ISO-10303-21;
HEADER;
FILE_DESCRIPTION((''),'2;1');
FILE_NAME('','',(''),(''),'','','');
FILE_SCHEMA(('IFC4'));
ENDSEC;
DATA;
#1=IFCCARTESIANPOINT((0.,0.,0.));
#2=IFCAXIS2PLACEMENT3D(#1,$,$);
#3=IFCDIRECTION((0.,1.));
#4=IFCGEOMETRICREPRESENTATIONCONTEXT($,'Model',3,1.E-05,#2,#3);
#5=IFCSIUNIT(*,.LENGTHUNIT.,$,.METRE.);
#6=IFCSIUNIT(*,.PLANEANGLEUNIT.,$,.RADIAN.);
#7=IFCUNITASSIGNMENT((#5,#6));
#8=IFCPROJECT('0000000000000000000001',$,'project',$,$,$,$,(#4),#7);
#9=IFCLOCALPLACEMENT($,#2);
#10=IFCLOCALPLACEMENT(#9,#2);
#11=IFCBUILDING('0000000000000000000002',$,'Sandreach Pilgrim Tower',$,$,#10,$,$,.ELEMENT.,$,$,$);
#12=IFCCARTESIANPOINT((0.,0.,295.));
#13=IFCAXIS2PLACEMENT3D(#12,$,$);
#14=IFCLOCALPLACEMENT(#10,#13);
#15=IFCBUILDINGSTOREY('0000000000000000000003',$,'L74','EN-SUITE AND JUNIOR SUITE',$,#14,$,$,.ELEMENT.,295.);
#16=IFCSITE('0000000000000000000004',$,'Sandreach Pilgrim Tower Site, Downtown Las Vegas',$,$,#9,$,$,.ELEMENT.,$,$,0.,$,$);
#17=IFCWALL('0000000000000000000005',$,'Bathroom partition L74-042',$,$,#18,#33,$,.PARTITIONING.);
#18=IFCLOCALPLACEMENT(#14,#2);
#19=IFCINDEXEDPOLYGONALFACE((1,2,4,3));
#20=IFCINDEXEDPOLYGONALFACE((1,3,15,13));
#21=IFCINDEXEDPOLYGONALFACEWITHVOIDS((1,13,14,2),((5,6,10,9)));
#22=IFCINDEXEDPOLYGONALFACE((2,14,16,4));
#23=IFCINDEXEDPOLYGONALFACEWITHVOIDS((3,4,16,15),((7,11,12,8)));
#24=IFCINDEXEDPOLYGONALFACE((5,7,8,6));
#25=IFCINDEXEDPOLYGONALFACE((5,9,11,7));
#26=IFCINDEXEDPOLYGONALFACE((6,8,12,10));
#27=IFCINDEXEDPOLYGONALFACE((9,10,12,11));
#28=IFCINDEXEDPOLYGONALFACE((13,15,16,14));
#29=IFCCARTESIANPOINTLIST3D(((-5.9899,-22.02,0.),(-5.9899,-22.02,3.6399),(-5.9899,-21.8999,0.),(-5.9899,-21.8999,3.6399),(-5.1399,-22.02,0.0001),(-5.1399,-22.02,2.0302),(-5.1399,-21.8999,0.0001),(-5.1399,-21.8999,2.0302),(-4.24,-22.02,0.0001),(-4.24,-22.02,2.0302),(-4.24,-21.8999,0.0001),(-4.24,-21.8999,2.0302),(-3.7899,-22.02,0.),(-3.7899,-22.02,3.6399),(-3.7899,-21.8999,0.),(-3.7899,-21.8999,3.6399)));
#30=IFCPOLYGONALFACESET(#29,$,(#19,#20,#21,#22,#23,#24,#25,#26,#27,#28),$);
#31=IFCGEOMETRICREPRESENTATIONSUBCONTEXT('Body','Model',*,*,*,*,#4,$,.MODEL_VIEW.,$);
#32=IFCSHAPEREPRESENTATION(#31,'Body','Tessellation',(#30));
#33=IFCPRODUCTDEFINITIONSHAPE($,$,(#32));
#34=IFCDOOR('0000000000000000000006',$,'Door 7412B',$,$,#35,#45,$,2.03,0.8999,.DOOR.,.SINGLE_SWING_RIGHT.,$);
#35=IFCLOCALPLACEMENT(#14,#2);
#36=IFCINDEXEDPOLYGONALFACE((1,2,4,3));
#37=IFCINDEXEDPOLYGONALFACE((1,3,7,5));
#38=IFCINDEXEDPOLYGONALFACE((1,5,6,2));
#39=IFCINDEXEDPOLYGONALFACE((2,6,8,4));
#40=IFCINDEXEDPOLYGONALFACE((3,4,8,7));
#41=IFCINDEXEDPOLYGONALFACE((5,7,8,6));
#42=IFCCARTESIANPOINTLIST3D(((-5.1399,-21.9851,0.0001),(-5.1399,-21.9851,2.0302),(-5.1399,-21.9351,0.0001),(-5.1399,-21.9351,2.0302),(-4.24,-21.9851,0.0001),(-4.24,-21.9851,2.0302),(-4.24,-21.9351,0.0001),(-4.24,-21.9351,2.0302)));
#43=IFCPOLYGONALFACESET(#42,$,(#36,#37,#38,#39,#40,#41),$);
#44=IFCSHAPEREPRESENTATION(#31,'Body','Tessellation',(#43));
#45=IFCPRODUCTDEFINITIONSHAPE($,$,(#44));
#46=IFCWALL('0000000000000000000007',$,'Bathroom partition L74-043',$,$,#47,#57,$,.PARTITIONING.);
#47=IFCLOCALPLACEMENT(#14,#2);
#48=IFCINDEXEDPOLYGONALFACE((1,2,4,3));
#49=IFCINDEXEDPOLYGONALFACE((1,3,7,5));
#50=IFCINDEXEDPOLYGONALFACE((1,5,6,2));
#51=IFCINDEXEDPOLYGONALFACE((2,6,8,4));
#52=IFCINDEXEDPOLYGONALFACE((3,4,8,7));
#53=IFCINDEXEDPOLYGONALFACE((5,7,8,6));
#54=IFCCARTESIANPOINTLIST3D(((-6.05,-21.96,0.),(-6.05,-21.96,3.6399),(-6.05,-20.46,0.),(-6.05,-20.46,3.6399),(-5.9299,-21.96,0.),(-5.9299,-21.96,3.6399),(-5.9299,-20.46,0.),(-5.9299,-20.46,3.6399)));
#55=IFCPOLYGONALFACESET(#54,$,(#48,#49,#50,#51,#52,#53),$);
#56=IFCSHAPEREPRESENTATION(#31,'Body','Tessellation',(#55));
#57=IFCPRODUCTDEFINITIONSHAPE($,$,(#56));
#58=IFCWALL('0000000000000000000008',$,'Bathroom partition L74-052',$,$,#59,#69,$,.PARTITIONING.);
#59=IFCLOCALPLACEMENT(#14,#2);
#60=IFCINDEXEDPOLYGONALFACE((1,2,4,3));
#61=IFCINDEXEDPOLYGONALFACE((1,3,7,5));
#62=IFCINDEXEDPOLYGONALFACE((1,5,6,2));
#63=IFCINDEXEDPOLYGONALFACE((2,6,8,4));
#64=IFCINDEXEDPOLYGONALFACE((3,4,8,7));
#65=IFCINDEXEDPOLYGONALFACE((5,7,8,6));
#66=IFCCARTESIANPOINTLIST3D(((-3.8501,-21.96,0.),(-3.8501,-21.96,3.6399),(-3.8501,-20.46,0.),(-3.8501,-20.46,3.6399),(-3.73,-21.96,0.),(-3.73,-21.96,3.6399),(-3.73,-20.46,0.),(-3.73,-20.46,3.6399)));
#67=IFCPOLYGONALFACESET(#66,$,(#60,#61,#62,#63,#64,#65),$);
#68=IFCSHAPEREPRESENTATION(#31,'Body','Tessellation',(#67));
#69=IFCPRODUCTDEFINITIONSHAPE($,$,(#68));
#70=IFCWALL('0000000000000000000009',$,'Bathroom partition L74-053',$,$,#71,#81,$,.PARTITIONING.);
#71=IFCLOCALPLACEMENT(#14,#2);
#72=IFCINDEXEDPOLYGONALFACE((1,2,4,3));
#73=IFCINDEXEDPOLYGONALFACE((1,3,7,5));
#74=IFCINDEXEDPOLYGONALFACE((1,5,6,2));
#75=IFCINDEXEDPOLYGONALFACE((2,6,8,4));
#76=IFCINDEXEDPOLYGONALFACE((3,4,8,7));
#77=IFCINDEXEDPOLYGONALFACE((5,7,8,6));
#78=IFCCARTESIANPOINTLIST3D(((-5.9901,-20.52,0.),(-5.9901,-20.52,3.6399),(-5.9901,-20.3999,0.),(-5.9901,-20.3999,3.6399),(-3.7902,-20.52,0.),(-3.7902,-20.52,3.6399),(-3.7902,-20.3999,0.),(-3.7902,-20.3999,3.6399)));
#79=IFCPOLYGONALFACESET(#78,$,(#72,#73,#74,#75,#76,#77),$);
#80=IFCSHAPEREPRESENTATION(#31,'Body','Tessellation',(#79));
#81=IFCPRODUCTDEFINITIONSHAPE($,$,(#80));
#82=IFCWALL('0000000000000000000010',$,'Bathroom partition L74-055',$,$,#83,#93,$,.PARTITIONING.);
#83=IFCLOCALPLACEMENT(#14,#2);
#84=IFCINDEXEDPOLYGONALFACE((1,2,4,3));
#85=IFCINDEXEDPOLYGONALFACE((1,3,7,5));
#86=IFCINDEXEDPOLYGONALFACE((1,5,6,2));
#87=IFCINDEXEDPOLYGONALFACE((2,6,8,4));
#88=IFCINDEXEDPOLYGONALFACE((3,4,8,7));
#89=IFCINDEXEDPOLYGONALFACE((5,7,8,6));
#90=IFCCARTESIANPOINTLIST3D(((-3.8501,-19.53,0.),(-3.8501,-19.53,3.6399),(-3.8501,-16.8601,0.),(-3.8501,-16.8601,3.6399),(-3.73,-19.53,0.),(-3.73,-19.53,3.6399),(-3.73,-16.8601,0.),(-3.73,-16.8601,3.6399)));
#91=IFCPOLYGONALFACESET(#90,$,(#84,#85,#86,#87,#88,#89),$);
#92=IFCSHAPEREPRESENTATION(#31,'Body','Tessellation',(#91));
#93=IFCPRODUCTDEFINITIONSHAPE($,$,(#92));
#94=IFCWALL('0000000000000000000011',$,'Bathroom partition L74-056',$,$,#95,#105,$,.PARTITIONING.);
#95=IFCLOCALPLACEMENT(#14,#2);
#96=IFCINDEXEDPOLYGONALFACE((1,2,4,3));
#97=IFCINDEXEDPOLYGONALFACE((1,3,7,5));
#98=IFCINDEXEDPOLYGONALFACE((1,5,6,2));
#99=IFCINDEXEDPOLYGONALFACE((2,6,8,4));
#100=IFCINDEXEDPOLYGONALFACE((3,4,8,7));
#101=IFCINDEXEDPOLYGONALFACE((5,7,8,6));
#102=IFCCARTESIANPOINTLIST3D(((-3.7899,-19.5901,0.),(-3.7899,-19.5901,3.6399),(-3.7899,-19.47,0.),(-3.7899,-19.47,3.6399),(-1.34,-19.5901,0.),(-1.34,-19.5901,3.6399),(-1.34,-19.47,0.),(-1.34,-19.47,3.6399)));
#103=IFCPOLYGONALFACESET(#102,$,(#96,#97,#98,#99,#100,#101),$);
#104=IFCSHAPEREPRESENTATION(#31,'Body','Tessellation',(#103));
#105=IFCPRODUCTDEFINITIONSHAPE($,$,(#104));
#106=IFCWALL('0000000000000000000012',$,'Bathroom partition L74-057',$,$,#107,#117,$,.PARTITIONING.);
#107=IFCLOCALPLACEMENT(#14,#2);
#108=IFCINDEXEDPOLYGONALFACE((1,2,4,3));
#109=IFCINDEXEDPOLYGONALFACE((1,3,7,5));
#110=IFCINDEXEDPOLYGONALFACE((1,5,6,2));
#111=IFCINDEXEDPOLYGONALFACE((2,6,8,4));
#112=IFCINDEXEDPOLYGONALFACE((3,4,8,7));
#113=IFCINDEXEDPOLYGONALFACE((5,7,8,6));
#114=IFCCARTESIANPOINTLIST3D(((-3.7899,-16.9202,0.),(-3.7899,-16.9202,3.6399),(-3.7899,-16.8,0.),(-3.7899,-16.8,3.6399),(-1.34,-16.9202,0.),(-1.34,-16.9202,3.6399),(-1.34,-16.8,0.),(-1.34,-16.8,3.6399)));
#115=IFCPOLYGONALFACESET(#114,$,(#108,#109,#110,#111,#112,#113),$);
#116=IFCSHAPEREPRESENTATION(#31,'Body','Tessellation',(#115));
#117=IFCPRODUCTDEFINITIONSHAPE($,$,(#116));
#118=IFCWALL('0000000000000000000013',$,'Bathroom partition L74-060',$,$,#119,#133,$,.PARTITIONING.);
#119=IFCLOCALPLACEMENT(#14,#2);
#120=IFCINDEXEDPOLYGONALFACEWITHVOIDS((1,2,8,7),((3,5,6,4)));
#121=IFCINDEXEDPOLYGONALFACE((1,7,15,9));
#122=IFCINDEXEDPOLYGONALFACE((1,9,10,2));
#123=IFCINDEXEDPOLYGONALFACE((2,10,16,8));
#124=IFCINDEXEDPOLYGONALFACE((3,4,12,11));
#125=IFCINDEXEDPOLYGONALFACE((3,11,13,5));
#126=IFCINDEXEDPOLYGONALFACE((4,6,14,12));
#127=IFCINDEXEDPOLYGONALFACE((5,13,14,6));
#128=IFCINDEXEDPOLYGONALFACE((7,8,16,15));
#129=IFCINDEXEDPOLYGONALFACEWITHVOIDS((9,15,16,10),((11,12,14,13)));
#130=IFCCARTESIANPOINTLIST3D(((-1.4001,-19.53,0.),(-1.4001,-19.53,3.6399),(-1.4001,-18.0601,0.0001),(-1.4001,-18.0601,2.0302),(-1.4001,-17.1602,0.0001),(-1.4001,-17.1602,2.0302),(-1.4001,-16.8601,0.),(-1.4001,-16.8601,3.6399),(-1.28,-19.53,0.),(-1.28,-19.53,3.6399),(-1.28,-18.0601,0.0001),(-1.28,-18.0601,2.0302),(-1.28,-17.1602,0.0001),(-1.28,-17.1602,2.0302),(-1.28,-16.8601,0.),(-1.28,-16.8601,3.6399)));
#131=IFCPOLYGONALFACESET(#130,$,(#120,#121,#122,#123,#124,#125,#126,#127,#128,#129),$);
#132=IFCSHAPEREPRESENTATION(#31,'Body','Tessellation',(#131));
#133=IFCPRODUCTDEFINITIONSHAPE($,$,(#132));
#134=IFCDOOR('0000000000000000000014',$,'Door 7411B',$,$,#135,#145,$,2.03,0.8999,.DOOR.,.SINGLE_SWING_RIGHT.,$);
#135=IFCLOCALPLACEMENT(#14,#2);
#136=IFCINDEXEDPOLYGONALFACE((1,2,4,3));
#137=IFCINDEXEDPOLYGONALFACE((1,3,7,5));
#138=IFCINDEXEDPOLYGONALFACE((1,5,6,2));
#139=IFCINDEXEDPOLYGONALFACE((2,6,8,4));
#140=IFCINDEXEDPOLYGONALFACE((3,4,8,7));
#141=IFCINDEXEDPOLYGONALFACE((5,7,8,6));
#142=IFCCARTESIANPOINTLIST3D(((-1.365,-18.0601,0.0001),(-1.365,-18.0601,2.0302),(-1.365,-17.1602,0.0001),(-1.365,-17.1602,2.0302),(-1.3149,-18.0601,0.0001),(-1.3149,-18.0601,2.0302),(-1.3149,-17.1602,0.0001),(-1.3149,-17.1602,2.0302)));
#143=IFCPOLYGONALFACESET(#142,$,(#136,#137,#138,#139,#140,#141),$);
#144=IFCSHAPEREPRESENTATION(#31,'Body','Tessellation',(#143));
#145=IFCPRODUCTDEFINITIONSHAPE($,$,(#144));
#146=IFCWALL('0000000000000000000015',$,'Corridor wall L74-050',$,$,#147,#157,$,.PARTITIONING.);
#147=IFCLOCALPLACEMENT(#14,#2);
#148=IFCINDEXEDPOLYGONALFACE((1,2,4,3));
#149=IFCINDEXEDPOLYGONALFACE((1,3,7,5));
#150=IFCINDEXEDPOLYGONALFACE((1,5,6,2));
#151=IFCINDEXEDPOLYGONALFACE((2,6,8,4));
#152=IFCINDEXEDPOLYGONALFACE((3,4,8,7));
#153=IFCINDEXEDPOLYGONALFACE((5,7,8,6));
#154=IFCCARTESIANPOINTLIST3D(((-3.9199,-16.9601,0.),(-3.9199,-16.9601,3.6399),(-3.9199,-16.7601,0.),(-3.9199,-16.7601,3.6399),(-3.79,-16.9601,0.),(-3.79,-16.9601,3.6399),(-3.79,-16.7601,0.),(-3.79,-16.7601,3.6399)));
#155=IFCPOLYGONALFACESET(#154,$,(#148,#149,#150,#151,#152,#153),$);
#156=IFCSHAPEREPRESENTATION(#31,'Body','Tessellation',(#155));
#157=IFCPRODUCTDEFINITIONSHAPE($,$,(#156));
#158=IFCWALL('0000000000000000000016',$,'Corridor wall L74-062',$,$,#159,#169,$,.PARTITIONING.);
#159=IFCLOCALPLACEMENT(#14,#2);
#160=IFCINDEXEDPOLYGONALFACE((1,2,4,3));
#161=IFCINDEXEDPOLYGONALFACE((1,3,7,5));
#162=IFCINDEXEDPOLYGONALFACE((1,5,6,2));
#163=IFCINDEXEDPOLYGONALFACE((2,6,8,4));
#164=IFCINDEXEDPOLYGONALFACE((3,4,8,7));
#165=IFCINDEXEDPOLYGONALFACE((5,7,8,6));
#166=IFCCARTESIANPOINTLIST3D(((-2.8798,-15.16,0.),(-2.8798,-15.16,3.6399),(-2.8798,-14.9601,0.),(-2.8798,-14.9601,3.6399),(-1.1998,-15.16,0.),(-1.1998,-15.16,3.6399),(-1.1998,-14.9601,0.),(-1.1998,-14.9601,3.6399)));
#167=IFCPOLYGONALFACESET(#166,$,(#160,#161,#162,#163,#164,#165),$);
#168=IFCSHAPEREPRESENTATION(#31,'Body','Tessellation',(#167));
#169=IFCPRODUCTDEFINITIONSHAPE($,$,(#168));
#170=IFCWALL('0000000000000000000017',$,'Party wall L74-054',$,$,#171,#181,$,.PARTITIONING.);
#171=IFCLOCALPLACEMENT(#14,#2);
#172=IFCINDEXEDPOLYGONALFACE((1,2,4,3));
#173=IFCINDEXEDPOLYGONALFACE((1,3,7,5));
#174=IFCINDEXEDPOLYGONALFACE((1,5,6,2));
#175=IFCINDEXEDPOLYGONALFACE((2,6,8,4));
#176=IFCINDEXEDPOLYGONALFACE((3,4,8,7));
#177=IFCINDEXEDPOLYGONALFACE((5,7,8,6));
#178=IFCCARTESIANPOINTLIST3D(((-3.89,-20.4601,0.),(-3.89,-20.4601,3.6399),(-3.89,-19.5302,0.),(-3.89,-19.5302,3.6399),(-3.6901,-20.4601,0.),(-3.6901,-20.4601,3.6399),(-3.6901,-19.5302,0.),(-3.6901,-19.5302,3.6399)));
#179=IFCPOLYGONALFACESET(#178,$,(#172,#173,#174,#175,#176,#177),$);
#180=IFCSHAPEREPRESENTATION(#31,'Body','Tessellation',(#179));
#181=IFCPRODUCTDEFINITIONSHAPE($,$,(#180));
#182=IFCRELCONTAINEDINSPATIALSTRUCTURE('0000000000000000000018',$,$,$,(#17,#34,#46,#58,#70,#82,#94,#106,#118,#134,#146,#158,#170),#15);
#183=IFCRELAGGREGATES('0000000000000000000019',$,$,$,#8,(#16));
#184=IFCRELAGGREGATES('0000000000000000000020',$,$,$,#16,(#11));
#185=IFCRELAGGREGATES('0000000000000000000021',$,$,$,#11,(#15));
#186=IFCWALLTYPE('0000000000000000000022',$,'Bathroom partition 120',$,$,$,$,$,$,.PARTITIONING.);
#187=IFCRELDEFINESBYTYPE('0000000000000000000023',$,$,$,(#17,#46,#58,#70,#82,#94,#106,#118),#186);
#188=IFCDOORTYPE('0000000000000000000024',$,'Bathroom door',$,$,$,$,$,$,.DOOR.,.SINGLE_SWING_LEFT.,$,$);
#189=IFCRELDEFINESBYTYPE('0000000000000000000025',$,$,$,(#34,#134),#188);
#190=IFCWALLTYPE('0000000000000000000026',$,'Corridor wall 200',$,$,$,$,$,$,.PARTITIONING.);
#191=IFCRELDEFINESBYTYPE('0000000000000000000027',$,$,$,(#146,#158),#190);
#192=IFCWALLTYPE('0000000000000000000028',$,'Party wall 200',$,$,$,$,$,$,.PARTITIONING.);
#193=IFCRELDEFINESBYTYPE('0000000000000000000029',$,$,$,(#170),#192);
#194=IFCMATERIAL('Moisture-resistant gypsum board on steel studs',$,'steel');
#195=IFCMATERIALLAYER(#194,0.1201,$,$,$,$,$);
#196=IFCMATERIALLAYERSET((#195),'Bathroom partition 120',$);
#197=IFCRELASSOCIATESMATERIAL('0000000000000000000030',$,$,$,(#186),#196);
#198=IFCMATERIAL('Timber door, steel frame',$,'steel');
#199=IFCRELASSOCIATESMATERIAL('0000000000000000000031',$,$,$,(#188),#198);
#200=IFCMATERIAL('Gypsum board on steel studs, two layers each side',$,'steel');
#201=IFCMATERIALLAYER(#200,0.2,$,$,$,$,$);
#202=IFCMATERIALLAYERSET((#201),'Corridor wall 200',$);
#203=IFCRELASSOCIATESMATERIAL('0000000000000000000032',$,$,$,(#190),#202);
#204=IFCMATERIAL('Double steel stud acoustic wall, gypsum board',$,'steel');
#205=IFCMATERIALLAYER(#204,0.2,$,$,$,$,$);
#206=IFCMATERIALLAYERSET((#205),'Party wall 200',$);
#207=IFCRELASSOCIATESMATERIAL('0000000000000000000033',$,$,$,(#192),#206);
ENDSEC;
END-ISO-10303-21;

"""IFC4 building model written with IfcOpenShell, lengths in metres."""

from ifc_helpers import new_model, si_unit, direction, frame, frame_2d, origin, place, context, subcontext, project, spatial, rectangle, extrude, material, layer, layer_set, type_object, element, fill, save


model = new_model("IFC4")

# Units and contexts
model_context = context("Model", 3, precision=1e-05, world=origin(), true_north=direction((0.0, 1.0)))
body_context = subcontext(model_context, "Body", "Model", "MODEL_VIEW")
ifc_project = project(units=[si_unit("LENGTHUNIT", "METRE"), si_unit("PLANEANGLEUNIT", "RADIAN")], contexts=[model_context])

# Site, building, storey
site_placement = place(None, origin())
site = spatial("IfcSite", under=ifc_project, at=site_placement, Name="Sandreach Pilgrim Tower Site, Downtown Las Vegas", CompositionType="ELEMENT", RefElevation=0.0)
building_placement = place(site_placement, origin())
building = spatial("IfcBuilding", under=site, at=building_placement, Name="Sandreach Pilgrim Tower", CompositionType="ELEMENT")
storey_placement = place(building_placement, frame((0.0, 0.0, 295.0)))
storey = spatial("IfcBuildingStorey", under=building, at=storey_placement, Name="L74", Description="EN-SUITE AND JUNIOR SUITE", CompositionType="ELEMENT", Elevation=295.0)

# Wall, opening, door
ifc_material_1 = material(Name="Moisture-resistant gypsum board on steel studs", Category="steel")
ifc_layer_1 = layer(ifc_material_1, 0.1201)
ifc_layer_set_1 = layer_set([ifc_layer_1], Name="Bathroom partition 120")
wall_type_1 = type_object("IfcWallType", Name="Bathroom partition 120", PredefinedType="PARTITIONING", material=ifc_layer_set_1)
wall_1_placement = place(storey_placement, frame((-5.99, -21.96, 0.0), z_axis=(0.0, 0.0, 1.0), x_axis=(1.0, 0.0, 0.0)))
wall_1 = element("IfcWall", 1, at=wall_1_placement, inside=storey, type_object=wall_type_1, Name="Bathroom partition L74-042", PredefinedType="PARTITIONING", context=body_context, shape_type="SweptSolid", body=[
    extrude(rectangle(XDim=2.2, YDim=0.1201, at=frame_2d((1.1001, 0.0))), origin(), (0.0, 0.0, 1.0), 3.6399),
])
opening_1_placement = place(wall_1_placement, frame((0.8501, 0.0, 0.0)))
opening_1 = element("IfcOpeningElement", 2, at=opening_1_placement, cuts=wall_1, PredefinedType="OPENING", context=body_context, shape_type="SweptSolid", body=[
    extrude(rectangle(XDim=0.8999, YDim=2.03, at=frame_2d((0.45, 1.0151))), frame((0.0, 0.0601, 0.0), z_axis=(0.0, -1.0, 0.0), x_axis=(1.0, 0.0, 0.0)), (0.0, 0.0, 1.0), 0.1201),
])
ifc_material_2 = material(Name="Timber door, steel frame", Category="steel")
door_type_1 = type_object("IfcDoorType", Name="Bathroom door", OperationType="SINGLE_SWING_LEFT", PredefinedType="DOOR", material=ifc_material_2)
door_1_placement = place(opening_1_placement, origin())
door_1 = element("IfcDoor", 3, at=door_1_placement, inside=storey, type_object=door_type_1, Name="Door 7412B", OperationType="SINGLE_SWING_RIGHT", OverallHeight=2.03, OverallWidth=0.8999, PredefinedType="DOOR", context=body_context, shape_type="SweptSolid", body=[
    extrude(rectangle(XDim=0.8999, YDim=2.03, at=frame_2d((0.45, 1.0151))), frame((0.0, 0.0249, 0.0), z_axis=(0.0, -1.0, 0.0), x_axis=(1.0, 0.0, 0.0)), (0.0, 0.0, 1.0), 0.05),
])
fill(opening_1, door_1)

# Walls
for number, where, z_axis, x_axis, name in (
    (4, (-5.99, -20.46, 0.0), (0.0, 0.0, 1.0), (0.0, -1.0, 0.0), "Bathroom partition L74-043"),
    (5, (-3.79, -21.96, 0.0), (0.0, 0.0, 1.0), (0.0, 1.0, 0.0), "Bathroom partition L74-052"),
):
    element("IfcWall", number, at=place(storey_placement, frame(where, z_axis=z_axis, x_axis=x_axis)), inside=storey, type_object=wall_type_1, Name=name, PredefinedType="PARTITIONING", context=body_context, shape_type="SweptSolid", body=[
        extrude(rectangle(XDim=1.5, YDim=0.1201, at=frame_2d((0.75, 0.0))), origin(), (0.0, 0.0, 1.0), 3.6399),
    ])
wall_2_placement = place(storey_placement, frame((-3.79, -20.46, 0.0), z_axis=(0.0, 0.0, 1.0), x_axis=(-1.0, 0.0, 0.0)))
element("IfcWall", 6, at=wall_2_placement, inside=storey, type_object=wall_type_1, Name="Bathroom partition L74-053", PredefinedType="PARTITIONING", context=body_context, shape_type="SweptSolid", body=[
    extrude(rectangle(XDim=2.2, YDim=0.1201, at=frame_2d((1.1001, 0.0))), origin(), (0.0, 0.0, 1.0), 3.6399),
])
wall_3_placement = place(storey_placement, frame((-3.79, -19.53, 0.0), z_axis=(0.0, 0.0, 1.0), x_axis=(0.0, 1.0, 0.0)))
element("IfcWall", 7, at=wall_3_placement, inside=storey, type_object=wall_type_1, Name="Bathroom partition L74-055", PredefinedType="PARTITIONING", context=body_context, shape_type="SweptSolid", body=[
    extrude(rectangle(XDim=2.6699, YDim=0.1201, at=frame_2d((1.335, 0.0))), origin(), (0.0, 0.0, 1.0), 3.6399),
])
for number, where, z_axis, x_axis, name in (
    (8, (-3.79, -19.53, 0.0), (0.0, 0.0, 1.0), (1.0, 0.0, 0.0), "Bathroom partition L74-056"),
    (9, (-3.79, -16.8601, 0.0), (0.0, 0.0, 1.0), (1.0, 0.0, 0.0), "Bathroom partition L74-057"),
):
    element("IfcWall", number, at=place(storey_placement, frame(where, z_axis=z_axis, x_axis=x_axis)), inside=storey, type_object=wall_type_1, Name=name, PredefinedType="PARTITIONING", context=body_context, shape_type="SweptSolid", body=[
        extrude(rectangle(XDim=2.45, YDim=0.1201, at=frame_2d((1.2251, 0.0))), origin(), (0.0, 0.0, 1.0), 3.6399),
    ])

# Wall, opening, door
wall_4_placement = place(storey_placement, frame((-1.3401, -19.53, 0.0), z_axis=(0.0, 0.0, 1.0), x_axis=(0.0, 1.0, 0.0)))
wall_4 = element("IfcWall", 10, at=wall_4_placement, inside=storey, type_object=wall_type_1, Name="Bathroom partition L74-060", PredefinedType="PARTITIONING", context=body_context, shape_type="SweptSolid", body=[
    extrude(rectangle(XDim=2.6699, YDim=0.1201, at=frame_2d((1.335, 0.0))), origin(), (0.0, 0.0, 1.0), 3.6399),
])
opening_2_placement = place(wall_4_placement, frame((1.47, 0.0, 0.0)))
opening_2 = element("IfcOpeningElement", 11, at=opening_2_placement, cuts=wall_4, PredefinedType="OPENING", context=body_context, shape_type="SweptSolid", body=[
    extrude(rectangle(XDim=0.8999, YDim=2.03, at=frame_2d((0.45, 1.0151))), frame((0.0, 0.0601, 0.0), z_axis=(0.0, -1.0, 0.0), x_axis=(1.0, 0.0, 0.0)), (0.0, 0.0, 1.0), 0.1201),
])
door_2_placement = place(opening_2_placement, origin())
door_2 = element("IfcDoor", 12, at=door_2_placement, inside=storey, type_object=door_type_1, Name="Door 7411B", OperationType="SINGLE_SWING_RIGHT", OverallHeight=2.03, OverallWidth=0.8999, PredefinedType="DOOR", context=body_context, shape_type="SweptSolid", body=[
    extrude(rectangle(XDim=0.8999, YDim=2.03, at=frame_2d((0.45, 1.0151))), frame((0.0, 0.0249, 0.0), z_axis=(0.0, -1.0, 0.0), x_axis=(1.0, 0.0, 0.0)), (0.0, 0.0, 1.0), 0.05),
])
fill(opening_2, door_2)
ifc_material_3 = material(Name="Gypsum board on steel studs, two layers each side", Category="steel")
ifc_layer_2 = layer(ifc_material_3, 0.2)
ifc_layer_set_2 = layer_set([ifc_layer_2], Name="Corridor wall 200")
wall_type_2 = type_object("IfcWallType", Name="Corridor wall 200", PredefinedType="PARTITIONING", material=ifc_layer_set_2)

# Wall
wall_5_placement = place(storey_placement, frame((-3.9199, -16.8601, 0.0), z_axis=(0.0, 0.0, 1.0), x_axis=(1.0, 0.0, 0.0)))
element("IfcWall", 13, at=wall_5_placement, inside=storey, type_object=wall_type_2, Name="Corridor wall L74-050", PredefinedType="PARTITIONING", context=body_context, shape_type="SweptSolid", body=[
    extrude(rectangle(XDim=0.1299, YDim=0.2, at=frame_2d((0.0649, 0.0))), origin(), (0.0, 0.0, 1.0), 3.6399),
])

# Walls
wall_6_placement = place(storey_placement, frame((-1.2, -15.0601, 0.0), z_axis=(0.0, 0.0, 1.0), x_axis=(-1.0, 0.0, 0.0)))
element("IfcWall", 14, at=wall_6_placement, inside=storey, type_object=wall_type_2, Name="Corridor wall L74-062", PredefinedType="PARTITIONING", context=body_context, shape_type="SweptSolid", body=[
    extrude(rectangle(XDim=1.6799, YDim=0.2, at=frame_2d((0.8398, 0.0))), origin(), (0.0, 0.0, 1.0), 3.6399),
])
ifc_material_4 = material(Name="Double steel stud acoustic wall, gypsum board", Category="steel")
ifc_layer_3 = layer(ifc_material_4, 0.2)
ifc_layer_set_3 = layer_set([ifc_layer_3], Name="Party wall 200")
wall_type_3 = type_object("IfcWallType", Name="Party wall 200", PredefinedType="PARTITIONING", material=ifc_layer_set_3)
wall_7_placement = place(storey_placement, frame((-3.79, -20.46, 0.0), z_axis=(0.0, 0.0, 1.0), x_axis=(0.0, 1.0, 0.0)))
element("IfcWall", 15, at=wall_7_placement, inside=storey, type_object=wall_type_3, Name="Party wall L74-054", PredefinedType="PARTITIONING", context=body_context, shape_type="SweptSolid", body=[
    extrude(rectangle(XDim=0.9299, YDim=0.2, at=frame_2d((0.4648, 0.0))), origin(), (0.0, 0.0, 1.0), 3.6399),
])

save(model, "model.ifc")
